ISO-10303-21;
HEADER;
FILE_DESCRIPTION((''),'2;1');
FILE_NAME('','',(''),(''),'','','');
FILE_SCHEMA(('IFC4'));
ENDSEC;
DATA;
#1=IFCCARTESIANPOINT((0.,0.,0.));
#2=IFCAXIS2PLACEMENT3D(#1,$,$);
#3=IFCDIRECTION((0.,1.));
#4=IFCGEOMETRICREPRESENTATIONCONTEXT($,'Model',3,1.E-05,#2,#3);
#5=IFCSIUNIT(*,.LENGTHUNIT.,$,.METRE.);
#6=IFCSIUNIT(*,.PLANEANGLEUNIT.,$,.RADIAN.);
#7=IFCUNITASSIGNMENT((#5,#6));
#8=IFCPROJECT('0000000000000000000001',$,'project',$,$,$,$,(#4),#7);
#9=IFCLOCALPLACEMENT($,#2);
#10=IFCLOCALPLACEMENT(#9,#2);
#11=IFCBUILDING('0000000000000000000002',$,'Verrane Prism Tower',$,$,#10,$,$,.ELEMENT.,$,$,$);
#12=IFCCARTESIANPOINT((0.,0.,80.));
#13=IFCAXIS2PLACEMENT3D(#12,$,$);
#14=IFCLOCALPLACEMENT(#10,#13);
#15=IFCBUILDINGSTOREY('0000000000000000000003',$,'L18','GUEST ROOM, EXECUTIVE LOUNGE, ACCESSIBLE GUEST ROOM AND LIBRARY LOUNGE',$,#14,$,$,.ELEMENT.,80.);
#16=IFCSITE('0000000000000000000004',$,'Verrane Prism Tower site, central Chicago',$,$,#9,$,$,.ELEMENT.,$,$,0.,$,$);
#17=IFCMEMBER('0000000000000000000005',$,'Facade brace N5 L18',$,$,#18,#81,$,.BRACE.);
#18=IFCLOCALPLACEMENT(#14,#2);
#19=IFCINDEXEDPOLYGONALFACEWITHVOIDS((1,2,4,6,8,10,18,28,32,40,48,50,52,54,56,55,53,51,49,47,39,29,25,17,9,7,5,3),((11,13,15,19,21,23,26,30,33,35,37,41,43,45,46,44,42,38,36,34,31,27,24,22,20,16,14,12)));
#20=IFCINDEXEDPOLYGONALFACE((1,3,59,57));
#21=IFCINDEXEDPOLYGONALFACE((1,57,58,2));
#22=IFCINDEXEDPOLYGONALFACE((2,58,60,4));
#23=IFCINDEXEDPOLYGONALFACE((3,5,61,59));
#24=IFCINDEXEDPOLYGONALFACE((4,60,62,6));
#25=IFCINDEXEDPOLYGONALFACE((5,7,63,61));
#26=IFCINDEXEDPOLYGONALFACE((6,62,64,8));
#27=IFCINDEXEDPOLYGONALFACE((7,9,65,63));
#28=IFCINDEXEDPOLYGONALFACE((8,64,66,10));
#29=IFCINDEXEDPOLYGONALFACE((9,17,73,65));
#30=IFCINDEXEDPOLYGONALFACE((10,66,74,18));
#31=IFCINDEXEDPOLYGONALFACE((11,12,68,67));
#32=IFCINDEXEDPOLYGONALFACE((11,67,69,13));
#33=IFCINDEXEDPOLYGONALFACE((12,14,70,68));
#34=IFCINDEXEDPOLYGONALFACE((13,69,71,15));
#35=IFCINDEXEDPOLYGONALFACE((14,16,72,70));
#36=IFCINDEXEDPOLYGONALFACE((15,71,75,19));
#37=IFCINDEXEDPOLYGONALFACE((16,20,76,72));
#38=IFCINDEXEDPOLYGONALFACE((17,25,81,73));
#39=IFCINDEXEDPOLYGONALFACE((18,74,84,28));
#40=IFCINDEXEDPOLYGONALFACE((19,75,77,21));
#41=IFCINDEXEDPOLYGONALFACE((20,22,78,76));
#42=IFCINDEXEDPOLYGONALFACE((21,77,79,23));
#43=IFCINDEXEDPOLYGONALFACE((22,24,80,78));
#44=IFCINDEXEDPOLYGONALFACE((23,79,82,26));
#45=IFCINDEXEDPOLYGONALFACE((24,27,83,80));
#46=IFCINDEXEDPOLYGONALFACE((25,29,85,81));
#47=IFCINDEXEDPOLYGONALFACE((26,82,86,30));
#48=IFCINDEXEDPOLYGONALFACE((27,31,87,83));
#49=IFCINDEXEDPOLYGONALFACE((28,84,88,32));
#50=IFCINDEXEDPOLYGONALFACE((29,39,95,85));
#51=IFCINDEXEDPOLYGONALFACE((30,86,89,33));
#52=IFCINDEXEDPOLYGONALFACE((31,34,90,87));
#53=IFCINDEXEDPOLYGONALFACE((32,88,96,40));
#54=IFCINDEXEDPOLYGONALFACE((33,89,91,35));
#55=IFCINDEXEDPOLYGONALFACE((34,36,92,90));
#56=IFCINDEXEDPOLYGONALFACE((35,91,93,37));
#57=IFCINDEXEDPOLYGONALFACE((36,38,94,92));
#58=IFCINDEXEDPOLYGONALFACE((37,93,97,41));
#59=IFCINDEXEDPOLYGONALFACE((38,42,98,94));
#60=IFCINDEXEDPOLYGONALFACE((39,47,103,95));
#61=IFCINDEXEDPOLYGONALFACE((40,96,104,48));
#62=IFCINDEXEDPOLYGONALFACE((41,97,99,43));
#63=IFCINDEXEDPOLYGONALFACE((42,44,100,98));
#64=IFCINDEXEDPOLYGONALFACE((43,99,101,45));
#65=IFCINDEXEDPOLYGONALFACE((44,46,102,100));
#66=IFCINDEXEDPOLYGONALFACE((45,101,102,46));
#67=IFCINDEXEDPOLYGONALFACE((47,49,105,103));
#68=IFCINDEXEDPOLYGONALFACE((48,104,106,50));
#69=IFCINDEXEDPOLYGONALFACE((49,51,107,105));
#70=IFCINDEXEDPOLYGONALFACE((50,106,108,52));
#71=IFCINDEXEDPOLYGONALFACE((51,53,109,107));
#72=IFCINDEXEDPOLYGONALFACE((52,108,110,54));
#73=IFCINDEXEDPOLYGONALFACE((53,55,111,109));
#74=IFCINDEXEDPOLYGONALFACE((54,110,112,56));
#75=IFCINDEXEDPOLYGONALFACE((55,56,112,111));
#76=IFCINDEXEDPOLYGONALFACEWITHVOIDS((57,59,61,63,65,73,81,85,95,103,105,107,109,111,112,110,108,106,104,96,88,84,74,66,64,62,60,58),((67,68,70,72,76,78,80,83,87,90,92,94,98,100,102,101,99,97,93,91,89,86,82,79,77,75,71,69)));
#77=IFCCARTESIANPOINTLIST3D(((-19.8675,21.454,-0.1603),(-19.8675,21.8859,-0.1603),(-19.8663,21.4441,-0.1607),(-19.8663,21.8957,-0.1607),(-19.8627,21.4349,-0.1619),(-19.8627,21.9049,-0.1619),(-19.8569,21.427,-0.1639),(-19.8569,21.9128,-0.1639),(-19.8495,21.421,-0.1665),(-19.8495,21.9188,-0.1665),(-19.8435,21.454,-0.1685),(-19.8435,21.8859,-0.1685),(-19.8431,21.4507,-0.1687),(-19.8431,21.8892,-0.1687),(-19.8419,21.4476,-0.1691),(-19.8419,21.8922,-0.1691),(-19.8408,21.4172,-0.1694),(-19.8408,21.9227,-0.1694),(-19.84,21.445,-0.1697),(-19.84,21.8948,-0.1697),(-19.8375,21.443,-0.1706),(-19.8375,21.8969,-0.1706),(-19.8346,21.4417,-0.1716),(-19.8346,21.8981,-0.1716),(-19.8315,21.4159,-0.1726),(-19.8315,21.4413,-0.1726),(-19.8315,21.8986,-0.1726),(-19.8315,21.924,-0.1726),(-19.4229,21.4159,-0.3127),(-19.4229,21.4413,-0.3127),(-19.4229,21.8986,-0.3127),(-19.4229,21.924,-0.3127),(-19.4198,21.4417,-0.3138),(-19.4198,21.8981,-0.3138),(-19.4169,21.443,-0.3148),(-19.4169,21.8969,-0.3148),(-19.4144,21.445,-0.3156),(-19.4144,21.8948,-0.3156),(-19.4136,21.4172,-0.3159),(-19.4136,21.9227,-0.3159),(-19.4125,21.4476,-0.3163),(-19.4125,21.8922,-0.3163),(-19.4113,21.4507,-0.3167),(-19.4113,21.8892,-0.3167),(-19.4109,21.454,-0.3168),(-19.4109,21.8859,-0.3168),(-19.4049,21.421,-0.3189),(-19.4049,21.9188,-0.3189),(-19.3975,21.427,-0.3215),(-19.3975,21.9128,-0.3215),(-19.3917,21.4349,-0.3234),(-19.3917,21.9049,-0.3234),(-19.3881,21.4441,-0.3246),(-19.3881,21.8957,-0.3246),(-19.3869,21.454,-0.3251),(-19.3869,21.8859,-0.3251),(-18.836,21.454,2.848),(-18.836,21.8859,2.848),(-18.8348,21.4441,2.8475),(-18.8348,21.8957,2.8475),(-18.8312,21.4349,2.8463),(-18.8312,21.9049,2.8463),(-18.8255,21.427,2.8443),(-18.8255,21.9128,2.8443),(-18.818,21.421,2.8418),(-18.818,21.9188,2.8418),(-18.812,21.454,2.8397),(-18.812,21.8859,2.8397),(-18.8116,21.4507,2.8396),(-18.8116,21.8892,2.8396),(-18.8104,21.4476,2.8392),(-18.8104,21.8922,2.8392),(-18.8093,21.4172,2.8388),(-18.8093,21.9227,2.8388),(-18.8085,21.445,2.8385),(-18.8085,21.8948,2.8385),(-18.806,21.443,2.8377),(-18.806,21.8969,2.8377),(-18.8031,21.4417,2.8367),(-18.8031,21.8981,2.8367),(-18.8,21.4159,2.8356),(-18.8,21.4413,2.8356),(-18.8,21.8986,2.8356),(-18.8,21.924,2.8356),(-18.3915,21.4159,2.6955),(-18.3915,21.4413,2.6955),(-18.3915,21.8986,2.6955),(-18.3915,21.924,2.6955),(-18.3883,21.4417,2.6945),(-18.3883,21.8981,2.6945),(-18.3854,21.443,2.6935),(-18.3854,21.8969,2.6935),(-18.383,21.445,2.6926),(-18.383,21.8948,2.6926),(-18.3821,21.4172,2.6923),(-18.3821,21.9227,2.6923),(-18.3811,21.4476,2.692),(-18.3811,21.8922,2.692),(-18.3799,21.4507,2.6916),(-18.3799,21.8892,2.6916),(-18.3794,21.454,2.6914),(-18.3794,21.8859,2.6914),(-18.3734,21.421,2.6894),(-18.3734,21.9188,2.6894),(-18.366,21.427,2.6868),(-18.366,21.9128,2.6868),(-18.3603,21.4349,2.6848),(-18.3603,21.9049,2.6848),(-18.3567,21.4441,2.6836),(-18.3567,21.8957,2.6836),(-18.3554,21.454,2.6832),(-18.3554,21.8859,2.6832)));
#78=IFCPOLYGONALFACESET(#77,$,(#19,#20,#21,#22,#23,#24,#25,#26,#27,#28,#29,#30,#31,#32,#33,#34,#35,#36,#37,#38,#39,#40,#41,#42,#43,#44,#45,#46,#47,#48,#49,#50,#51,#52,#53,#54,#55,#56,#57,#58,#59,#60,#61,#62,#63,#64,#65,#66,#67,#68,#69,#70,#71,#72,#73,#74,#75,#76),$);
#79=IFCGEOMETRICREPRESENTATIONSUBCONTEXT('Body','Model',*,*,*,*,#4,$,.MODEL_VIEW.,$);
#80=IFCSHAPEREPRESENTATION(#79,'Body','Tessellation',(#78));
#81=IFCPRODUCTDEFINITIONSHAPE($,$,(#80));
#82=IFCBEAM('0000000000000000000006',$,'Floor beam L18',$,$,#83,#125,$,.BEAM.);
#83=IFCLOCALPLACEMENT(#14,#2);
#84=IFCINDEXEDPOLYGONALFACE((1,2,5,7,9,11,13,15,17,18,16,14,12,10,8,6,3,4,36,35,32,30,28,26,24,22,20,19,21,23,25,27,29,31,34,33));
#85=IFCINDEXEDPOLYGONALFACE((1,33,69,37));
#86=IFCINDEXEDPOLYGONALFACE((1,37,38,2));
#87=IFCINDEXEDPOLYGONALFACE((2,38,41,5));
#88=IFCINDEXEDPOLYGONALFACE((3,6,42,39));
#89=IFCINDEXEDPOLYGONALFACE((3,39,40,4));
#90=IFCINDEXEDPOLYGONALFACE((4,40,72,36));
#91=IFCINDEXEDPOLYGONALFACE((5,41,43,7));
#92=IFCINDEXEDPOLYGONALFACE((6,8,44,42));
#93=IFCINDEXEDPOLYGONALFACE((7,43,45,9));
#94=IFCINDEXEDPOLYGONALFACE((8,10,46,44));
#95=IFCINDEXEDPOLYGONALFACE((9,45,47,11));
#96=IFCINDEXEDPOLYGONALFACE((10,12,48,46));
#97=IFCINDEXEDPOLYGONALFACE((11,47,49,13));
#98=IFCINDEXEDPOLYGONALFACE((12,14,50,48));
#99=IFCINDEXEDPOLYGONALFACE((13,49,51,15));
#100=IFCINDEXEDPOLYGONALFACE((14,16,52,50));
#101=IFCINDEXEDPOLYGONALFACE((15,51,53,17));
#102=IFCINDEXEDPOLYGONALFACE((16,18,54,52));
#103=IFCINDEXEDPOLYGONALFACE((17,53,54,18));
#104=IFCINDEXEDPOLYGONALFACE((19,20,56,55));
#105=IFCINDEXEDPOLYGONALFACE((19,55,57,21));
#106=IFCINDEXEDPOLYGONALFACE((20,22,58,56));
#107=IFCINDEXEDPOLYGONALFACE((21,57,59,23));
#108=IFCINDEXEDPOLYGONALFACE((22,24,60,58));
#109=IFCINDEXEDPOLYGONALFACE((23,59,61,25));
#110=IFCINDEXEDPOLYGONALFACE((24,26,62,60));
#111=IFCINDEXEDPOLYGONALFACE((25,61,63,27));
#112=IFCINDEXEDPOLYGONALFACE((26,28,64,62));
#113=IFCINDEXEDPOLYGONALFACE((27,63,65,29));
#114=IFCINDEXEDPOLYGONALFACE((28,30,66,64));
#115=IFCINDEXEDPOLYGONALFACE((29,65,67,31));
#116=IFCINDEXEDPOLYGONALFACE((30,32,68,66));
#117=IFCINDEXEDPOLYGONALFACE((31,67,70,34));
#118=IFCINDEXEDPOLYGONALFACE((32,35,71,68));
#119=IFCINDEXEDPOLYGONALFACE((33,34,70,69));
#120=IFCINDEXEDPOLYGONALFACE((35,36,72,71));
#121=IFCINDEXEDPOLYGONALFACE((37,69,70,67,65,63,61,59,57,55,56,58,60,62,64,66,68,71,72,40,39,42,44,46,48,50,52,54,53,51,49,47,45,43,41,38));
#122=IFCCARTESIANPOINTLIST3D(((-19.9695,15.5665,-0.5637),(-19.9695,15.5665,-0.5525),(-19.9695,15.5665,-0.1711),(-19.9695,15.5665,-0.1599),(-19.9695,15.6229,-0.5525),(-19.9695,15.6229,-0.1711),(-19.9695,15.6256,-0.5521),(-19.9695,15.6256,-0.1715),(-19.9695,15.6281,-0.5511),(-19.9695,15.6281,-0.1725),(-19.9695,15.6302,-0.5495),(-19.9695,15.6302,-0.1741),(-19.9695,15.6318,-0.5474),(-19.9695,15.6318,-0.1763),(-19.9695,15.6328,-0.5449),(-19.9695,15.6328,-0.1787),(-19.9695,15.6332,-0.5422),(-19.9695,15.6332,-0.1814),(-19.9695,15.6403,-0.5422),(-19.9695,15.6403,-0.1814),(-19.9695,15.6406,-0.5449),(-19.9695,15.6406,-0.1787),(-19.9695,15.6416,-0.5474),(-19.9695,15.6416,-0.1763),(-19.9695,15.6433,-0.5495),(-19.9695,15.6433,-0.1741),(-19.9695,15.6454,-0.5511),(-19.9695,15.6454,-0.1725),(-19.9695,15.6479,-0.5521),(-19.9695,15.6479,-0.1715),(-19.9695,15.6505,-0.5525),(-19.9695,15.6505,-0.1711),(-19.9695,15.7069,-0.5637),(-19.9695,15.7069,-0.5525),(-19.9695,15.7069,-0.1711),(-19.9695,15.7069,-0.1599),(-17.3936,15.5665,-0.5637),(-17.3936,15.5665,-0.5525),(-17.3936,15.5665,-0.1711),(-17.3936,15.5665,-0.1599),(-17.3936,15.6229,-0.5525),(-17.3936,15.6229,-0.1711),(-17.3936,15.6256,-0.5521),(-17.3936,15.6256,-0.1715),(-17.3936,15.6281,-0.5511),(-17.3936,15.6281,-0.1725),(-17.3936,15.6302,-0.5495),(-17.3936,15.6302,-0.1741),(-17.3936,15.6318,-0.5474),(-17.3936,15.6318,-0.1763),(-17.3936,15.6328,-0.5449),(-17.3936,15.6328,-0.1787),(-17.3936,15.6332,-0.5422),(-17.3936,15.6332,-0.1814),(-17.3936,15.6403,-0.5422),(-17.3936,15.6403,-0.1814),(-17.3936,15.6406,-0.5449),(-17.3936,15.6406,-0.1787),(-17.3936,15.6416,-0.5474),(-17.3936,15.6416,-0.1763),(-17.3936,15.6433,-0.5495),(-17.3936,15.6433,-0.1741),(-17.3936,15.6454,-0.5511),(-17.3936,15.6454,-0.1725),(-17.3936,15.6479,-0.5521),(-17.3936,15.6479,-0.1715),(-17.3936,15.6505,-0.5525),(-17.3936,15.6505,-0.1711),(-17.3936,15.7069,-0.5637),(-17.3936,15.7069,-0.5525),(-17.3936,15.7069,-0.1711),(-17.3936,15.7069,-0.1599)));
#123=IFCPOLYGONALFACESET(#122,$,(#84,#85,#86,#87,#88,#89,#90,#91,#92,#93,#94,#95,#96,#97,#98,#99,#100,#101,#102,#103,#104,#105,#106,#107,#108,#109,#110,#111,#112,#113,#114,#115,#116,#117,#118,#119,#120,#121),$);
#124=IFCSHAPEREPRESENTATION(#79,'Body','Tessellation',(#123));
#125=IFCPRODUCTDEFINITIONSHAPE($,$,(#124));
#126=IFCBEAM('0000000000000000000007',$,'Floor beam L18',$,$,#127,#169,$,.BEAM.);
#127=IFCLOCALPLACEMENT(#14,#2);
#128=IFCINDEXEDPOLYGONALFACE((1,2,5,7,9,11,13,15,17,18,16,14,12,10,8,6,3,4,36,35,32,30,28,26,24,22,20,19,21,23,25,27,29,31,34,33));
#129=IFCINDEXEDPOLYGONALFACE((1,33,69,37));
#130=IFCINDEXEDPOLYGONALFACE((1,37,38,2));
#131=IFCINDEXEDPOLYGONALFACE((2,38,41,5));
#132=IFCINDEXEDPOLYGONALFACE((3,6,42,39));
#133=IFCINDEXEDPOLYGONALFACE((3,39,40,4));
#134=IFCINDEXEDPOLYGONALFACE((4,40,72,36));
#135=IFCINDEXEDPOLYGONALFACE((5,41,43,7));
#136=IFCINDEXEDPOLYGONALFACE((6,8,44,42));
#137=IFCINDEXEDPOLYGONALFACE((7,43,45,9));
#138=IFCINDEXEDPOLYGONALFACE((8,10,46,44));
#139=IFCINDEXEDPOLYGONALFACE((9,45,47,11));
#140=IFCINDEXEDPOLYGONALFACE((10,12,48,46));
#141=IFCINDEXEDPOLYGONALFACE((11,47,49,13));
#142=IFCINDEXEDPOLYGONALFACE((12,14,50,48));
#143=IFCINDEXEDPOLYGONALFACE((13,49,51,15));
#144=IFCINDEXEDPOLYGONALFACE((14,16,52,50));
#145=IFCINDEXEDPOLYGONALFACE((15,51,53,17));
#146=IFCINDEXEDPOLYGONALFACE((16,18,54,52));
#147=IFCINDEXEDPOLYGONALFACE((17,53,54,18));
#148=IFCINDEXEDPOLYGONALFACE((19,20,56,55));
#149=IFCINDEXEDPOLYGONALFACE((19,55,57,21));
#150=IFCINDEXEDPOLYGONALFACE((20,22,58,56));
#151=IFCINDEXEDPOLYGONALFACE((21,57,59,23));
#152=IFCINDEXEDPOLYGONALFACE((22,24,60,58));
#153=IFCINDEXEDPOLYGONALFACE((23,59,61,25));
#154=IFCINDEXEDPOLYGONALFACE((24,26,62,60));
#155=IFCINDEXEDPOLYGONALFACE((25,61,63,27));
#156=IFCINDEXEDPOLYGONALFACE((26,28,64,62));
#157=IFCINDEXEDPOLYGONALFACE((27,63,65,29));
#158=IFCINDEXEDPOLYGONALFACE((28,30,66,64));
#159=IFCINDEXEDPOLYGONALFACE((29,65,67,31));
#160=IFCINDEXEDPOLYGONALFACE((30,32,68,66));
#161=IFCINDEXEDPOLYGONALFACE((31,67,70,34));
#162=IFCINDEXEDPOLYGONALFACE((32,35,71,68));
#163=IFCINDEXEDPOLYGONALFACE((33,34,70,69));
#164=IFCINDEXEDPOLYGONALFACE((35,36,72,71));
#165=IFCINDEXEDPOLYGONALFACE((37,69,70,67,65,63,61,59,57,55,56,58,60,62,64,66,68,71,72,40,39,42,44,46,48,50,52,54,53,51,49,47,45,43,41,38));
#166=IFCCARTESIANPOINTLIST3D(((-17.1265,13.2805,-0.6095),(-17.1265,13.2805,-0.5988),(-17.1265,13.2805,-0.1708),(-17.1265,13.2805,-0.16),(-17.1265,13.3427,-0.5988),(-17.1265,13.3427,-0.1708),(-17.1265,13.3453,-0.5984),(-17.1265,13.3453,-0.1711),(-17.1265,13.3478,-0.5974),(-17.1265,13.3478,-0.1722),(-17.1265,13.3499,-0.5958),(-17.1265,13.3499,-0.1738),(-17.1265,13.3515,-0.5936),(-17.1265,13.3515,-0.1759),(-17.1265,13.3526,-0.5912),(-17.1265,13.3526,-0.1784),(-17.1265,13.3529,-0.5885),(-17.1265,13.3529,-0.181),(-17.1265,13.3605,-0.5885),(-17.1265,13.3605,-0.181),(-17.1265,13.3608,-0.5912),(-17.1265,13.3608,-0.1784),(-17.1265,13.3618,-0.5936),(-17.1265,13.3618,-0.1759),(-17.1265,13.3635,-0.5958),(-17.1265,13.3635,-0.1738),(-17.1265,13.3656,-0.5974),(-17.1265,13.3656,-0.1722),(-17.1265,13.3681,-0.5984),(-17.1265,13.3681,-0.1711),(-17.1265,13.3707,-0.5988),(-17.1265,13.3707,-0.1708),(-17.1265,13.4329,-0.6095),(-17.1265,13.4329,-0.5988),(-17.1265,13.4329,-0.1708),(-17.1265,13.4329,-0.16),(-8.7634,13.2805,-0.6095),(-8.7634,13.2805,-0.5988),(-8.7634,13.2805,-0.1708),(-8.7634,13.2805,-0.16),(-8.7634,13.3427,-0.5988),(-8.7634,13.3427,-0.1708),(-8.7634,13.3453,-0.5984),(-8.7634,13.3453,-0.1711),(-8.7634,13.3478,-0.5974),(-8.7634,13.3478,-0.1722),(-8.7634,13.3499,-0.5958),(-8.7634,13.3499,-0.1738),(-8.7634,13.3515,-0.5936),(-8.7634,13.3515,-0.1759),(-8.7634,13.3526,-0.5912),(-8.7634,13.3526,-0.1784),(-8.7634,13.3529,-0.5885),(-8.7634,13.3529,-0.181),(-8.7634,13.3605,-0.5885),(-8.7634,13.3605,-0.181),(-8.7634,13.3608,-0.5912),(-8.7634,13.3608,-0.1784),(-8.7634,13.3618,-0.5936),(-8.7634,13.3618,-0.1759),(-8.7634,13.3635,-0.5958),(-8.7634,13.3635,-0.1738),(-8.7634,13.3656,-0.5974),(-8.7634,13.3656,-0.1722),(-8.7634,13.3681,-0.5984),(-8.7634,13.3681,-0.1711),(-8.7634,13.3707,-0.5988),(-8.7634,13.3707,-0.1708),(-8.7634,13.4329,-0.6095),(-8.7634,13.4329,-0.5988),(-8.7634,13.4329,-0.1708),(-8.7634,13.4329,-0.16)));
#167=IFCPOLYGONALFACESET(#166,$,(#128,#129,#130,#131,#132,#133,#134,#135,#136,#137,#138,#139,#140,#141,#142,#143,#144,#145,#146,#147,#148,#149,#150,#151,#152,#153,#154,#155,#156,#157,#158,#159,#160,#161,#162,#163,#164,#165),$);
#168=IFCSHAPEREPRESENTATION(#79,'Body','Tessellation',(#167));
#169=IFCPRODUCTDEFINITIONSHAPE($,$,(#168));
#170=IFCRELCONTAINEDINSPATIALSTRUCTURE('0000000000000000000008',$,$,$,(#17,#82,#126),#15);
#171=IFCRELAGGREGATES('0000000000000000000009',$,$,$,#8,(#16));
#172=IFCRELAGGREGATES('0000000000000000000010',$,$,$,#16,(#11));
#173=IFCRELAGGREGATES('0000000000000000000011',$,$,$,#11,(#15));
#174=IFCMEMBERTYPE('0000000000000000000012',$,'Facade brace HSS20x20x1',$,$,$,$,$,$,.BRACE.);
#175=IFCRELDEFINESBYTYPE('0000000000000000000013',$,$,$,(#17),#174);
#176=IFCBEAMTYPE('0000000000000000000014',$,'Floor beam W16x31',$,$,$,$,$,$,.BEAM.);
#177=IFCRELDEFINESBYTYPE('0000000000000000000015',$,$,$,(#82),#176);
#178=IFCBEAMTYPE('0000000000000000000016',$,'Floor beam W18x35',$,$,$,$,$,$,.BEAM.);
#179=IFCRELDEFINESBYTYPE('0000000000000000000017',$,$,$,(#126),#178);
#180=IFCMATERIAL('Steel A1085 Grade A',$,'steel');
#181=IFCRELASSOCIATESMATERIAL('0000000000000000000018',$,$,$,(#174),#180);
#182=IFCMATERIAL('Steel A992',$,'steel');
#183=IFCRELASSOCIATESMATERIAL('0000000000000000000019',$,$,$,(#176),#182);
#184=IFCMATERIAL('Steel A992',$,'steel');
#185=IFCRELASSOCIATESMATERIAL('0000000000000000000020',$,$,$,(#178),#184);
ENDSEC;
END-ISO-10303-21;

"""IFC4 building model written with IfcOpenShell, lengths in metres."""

from ifc_helpers import new_model, si_unit, direction, frame, origin, origin_2d, place, context, subcontext, project, spatial, hollow_rectangle, i_section, extrude, material, material_profile, profile_set, type_object, element, save


model = new_model("IFC4")

# Units and contexts
model_context = context("Model", 3, precision=1e-05, world=origin(), true_north=direction((0.0, 1.0)))
body_context = subcontext(model_context, "Body", "Model", "MODEL_VIEW")
ifc_project = project(units=[si_unit("LENGTHUNIT", "METRE"), si_unit("PLANEANGLEUNIT", "RADIAN")], contexts=[model_context])

# Site, building, storey
site_placement = place(None, origin())
site = spatial("IfcSite", under=ifc_project, at=site_placement, Name="Verrane Prism Tower site, central Chicago", CompositionType="ELEMENT", RefElevation=0.0)
building_placement = place(site_placement, origin())
building = spatial("IfcBuilding", under=site, at=building_placement, Name="Verrane Prism Tower", CompositionType="ELEMENT")
storey_placement = place(building_placement, frame((0.0, 0.0, 80.0)))
storey = spatial("IfcBuildingStorey", under=building, at=storey_placement, Name="L18", Description="GUEST ROOM, EXECUTIVE LOUNGE, ACCESSIBLE GUEST ROOM AND LIBRARY LOUNGE", CompositionType="ELEMENT", Elevation=80.0)

# Member
ifc_material_1 = material(Name="Steel A1085 Grade A", Category="steel")
ifc_material_profile_1 = material_profile(ifc_material_1, hollow_rectangle(XDim=0.5081, YDim=0.5081, WallThickness=0.0254, InnerFilletRadius=0.0127, OuterFilletRadius=0.0381, at=origin_2d()), Name="HSS20x20x1")
ifc_profile_set_1 = profile_set([ifc_material_profile_1], Name="Steel A1085 Grade A")
member_type_1 = type_object("IfcMemberType", Name="Facade brace HSS20x20x1", PredefinedType="BRACE", material=ifc_profile_set_1)
member_1_placement = place(storey_placement, frame((-19.6272, 21.6699, -0.2427), z_axis=(0.324346, 0.0, 0.945939), x_axis=(0.0, 1.0, 0.0)))
element("IfcMember", 1, at=member_1_placement, inside=storey, type_object=member_type_1, Name="Facade brace N5 L18", PredefinedType="BRACE", context=body_context, shape_type="SweptSolid", body=[
    extrude(hollow_rectangle(XDim=0.5081, YDim=0.5081, WallThickness=0.0254, InnerFilletRadius=0.0127, OuterFilletRadius=0.0381, at=origin_2d()), origin(), (0.0, 0.0, 1.0), 3.1802),
])

# Beams
ifc_material_2 = material(Name="Steel A992", Category="steel")
ifc_material_profile_2 = material_profile(ifc_material_2, i_section(OverallWidth=0.1404, OverallDepth=0.4038, WebThickness=0.0071, FlangeThickness=0.0112, FilletRadius=0.0103, at=origin_2d()), Name="W16x31")
ifc_profile_set_2 = profile_set([ifc_material_profile_2], Name="Steel A992")
beam_type_1 = type_object("IfcBeamType", Name="Floor beam W16x31", PredefinedType="BEAM", material=ifc_profile_set_2)
beam_1_placement = place(storey_placement, frame((-19.9695, 15.6367, -0.3618), z_axis=(1.0, 0.0, 0.0), x_axis=(0.0, 1.0, 0.0)))
element("IfcBeam", 2, at=beam_1_placement, inside=storey, type_object=beam_type_1, Name="Floor beam L18", PredefinedType="BEAM", context=body_context, shape_type="SweptSolid", body=[
    extrude(i_section(OverallWidth=0.1404, OverallDepth=0.4038, WebThickness=0.0071, FlangeThickness=0.0112, FilletRadius=0.0103, at=origin_2d()), origin(), (0.0, 0.0, 1.0), 2.5759),
])
ifc_material_3 = material(Name="Steel A992", Category="steel")
ifc_material_profile_3 = material_profile(ifc_material_3, i_section(OverallWidth=0.1523, OverallDepth=0.4495, WebThickness=0.0076, FlangeThickness=0.0107, FilletRadius=0.0103, at=origin_2d()), Name="W18x35")
ifc_profile_set_3 = profile_set([ifc_material_profile_3], Name="Steel A992")
beam_type_2 = type_object("IfcBeamType", Name="Floor beam W18x35", PredefinedType="BEAM", material=ifc_profile_set_3)
for number, where, z_axis, x_axis, name in (
    (3, (-17.1265, 13.3567, -0.3848), (1.0, 0.0, 0.0), (0.0, 1.0, 0.0), "Floor beam L18"),
):
    element("IfcBeam", number, at=place(storey_placement, frame(where, z_axis=z_axis, x_axis=x_axis)), inside=storey, type_object=beam_type_2, Name=name, PredefinedType="BEAM", context=body_context, shape_type="SweptSolid", body=[
        extrude(i_section(OverallWidth=0.1523, OverallDepth=0.4495, WebThickness=0.0076, FlangeThickness=0.0107, FilletRadius=0.0103, at=origin_2d()), origin(), (0.0, 0.0, 1.0), 8.363),
    ])

save(model, "model.ifc")
